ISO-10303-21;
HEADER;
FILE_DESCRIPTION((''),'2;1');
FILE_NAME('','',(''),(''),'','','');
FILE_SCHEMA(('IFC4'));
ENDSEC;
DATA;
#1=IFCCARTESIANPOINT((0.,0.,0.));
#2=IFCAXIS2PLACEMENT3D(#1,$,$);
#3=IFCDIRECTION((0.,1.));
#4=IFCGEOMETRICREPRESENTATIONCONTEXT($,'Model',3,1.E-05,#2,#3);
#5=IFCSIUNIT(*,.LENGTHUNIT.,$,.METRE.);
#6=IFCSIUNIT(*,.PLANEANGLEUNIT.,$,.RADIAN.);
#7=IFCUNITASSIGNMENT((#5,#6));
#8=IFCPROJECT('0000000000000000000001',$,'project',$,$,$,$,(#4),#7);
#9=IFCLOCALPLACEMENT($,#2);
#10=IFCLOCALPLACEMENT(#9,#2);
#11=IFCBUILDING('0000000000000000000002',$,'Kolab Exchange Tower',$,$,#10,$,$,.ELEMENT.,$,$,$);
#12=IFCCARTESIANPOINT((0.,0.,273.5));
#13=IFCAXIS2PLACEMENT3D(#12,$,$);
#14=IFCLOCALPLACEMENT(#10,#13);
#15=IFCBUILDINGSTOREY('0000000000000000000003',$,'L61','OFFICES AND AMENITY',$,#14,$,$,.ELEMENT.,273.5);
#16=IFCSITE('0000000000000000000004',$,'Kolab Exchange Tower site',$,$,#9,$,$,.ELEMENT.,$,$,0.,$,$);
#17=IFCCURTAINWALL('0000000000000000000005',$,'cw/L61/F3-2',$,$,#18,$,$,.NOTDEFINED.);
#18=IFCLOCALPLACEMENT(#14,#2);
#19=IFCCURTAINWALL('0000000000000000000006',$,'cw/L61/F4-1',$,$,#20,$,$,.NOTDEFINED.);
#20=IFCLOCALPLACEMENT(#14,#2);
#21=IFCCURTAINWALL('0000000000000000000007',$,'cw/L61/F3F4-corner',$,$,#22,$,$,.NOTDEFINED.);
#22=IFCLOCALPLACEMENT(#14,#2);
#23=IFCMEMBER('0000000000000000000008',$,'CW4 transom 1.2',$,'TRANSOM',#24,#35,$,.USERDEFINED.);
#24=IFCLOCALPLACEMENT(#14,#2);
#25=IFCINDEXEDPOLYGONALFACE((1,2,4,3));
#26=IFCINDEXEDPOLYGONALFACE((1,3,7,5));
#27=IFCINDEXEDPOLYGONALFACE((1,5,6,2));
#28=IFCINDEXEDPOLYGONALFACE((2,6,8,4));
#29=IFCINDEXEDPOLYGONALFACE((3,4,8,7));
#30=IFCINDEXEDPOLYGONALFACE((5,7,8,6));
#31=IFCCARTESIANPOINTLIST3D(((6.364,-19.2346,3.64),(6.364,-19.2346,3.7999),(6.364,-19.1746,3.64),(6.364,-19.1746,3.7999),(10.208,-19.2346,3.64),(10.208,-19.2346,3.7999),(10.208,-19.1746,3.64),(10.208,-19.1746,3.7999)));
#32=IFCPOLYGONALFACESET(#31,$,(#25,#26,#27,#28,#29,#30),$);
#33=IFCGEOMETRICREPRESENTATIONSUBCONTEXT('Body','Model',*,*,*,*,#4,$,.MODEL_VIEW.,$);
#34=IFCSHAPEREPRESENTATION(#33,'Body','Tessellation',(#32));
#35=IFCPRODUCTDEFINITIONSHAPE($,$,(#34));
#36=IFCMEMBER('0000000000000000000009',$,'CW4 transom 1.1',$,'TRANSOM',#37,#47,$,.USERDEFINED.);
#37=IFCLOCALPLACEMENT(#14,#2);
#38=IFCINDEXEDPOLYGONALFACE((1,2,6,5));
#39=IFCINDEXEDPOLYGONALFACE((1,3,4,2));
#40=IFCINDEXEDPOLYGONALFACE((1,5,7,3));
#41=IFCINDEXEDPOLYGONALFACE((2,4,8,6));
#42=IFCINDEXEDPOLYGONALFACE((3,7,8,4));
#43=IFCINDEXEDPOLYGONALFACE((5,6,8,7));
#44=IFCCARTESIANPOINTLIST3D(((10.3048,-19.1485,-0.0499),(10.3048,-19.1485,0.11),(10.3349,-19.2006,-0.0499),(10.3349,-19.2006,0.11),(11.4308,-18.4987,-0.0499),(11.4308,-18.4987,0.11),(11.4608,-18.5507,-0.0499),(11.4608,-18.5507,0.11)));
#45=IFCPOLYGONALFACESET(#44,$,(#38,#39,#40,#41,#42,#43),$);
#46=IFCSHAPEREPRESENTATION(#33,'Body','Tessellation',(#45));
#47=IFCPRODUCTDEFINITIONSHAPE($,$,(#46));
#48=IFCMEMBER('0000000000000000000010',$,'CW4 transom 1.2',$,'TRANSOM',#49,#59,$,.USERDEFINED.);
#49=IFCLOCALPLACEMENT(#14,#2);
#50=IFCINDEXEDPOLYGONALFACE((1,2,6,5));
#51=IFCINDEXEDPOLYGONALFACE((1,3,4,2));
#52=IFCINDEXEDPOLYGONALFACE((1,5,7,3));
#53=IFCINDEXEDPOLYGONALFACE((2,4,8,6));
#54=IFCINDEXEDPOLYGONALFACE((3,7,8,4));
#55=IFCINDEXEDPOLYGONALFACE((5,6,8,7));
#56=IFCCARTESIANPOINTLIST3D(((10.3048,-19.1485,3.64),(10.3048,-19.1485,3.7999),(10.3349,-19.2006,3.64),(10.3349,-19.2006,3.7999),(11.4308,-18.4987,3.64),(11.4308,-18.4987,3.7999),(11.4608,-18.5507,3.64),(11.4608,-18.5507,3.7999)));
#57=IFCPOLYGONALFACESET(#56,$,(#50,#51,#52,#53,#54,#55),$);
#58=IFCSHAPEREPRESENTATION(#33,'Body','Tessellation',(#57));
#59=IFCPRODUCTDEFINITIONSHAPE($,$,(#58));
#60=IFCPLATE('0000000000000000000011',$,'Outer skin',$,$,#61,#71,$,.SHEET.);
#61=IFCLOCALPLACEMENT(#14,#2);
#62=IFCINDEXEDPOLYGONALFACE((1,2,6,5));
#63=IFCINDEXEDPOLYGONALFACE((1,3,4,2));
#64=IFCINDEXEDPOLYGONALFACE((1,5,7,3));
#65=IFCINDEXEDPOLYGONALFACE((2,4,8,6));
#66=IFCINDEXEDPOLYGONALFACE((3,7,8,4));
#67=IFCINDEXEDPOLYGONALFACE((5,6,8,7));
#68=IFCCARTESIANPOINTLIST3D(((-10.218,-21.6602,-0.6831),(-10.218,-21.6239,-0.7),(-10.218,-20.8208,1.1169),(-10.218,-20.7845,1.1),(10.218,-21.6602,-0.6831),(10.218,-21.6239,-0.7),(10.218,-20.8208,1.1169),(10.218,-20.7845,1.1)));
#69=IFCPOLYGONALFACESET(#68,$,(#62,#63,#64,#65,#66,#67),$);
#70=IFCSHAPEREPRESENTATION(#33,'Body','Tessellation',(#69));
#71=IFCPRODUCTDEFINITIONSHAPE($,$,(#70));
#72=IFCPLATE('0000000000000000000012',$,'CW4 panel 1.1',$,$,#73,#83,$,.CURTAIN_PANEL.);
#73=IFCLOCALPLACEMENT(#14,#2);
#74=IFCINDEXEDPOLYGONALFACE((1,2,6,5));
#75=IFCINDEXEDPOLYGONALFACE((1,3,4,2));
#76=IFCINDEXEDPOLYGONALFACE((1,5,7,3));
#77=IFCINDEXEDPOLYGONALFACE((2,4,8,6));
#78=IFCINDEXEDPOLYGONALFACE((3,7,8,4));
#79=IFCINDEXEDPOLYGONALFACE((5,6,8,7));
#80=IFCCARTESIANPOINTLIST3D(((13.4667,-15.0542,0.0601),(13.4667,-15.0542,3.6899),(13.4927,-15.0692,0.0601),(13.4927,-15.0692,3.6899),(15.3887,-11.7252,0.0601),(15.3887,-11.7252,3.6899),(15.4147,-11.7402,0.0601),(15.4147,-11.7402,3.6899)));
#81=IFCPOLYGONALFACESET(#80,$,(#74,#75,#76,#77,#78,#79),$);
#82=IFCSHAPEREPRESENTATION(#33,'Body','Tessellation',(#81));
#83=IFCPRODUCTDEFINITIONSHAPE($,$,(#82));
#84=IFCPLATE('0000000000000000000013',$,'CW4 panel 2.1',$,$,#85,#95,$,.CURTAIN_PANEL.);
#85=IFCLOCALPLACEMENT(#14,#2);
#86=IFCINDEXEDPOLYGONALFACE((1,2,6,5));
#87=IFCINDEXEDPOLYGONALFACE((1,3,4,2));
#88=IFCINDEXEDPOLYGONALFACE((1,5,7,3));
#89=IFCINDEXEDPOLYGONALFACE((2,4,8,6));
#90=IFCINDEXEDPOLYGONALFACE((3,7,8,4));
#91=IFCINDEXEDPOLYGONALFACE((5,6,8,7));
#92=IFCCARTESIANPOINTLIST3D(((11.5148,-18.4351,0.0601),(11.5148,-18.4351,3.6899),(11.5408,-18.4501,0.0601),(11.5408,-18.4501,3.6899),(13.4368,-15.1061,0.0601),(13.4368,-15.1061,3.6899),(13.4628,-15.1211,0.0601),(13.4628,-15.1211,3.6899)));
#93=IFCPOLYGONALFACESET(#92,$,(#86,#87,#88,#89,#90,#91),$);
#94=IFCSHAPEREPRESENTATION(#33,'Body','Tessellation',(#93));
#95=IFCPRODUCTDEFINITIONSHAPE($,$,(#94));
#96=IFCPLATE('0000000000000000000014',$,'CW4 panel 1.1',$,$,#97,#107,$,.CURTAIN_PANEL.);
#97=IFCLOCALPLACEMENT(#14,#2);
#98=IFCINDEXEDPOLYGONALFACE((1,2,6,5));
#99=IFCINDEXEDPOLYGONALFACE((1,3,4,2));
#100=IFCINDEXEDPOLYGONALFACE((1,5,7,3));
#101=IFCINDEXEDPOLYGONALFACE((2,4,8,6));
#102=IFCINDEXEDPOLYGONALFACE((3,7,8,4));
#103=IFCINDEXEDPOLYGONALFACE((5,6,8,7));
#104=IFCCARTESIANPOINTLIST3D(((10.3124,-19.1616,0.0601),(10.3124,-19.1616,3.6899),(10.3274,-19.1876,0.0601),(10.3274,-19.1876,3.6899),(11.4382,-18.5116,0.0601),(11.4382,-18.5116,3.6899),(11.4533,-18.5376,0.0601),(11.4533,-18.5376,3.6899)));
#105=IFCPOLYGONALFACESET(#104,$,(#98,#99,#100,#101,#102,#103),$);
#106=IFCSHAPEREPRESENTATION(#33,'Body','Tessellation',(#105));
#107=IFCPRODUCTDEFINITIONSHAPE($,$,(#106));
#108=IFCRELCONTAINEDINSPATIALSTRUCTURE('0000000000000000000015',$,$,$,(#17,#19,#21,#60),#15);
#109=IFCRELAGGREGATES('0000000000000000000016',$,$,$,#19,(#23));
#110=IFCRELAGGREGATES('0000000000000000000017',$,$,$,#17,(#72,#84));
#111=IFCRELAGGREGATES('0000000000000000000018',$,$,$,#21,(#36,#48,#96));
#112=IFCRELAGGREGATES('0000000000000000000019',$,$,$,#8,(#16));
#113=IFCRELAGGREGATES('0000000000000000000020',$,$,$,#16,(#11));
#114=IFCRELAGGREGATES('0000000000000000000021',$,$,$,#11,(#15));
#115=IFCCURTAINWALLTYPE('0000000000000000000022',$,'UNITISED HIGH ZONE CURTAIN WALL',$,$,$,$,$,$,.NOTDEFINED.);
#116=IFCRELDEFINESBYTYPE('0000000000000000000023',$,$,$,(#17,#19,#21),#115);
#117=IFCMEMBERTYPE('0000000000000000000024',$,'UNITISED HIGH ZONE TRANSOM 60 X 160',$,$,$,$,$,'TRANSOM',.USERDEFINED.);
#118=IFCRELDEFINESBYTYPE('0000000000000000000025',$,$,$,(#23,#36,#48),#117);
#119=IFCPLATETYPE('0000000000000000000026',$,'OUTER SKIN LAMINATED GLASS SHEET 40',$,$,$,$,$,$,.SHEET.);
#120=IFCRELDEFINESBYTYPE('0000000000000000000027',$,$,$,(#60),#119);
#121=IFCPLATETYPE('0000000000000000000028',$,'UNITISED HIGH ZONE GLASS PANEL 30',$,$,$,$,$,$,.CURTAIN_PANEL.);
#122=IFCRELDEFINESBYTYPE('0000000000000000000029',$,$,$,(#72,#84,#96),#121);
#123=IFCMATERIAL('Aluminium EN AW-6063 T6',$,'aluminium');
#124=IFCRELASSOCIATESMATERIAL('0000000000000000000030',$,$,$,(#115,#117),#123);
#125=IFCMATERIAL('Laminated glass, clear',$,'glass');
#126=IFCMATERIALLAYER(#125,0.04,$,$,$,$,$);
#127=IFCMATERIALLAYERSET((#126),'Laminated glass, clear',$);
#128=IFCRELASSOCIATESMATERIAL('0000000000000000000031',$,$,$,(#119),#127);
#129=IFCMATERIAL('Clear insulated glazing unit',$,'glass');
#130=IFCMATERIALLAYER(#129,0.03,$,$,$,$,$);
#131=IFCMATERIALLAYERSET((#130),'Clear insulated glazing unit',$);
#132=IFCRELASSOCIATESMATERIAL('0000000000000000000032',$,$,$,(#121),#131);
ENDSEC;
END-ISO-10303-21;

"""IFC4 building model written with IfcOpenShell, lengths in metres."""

from ifc_helpers import new_model, si_unit, direction, frame, origin, origin_2d, place, context, subcontext, project, spatial, polyline, rectangle, outline, extrude, material, layer, layer_set, material_profile, profile_set, type_object, element, aggregate, save


model = new_model("IFC4")

# Units and contexts
model_context = context("Model", 3, precision=1e-05, world=origin(), true_north=direction((0.0, 1.0)))
body_context = subcontext(model_context, "Body", "Model", "MODEL_VIEW")
ifc_project = project(units=[si_unit("LENGTHUNIT", "METRE"), si_unit("PLANEANGLEUNIT", "RADIAN")], contexts=[model_context])

# Site, building, storey
site_placement = place(None, origin())
site = spatial("IfcSite", under=ifc_project, at=site_placement, Name="Kolab Exchange Tower site", CompositionType="ELEMENT", RefElevation=0.0)
building_placement = place(site_placement, origin())
building = spatial("IfcBuilding", under=site, at=building_placement, Name="Kolab Exchange Tower", CompositionType="ELEMENT")
storey_placement = place(building_placement, frame((0.0, 0.0, 273.5)))
storey = spatial("IfcBuildingStorey", under=building, at=storey_placement, Name="L61", Description="OFFICES AND AMENITY", CompositionType="ELEMENT", Elevation=273.5)

# Curtain wall
ifc_material_1 = material(Name="Aluminium EN AW-6063 T6", Category="aluminium")
curtain_wall_type = type_object("IfcCurtainWallType", Name="UNITISED HIGH ZONE CURTAIN WALL", PredefinedType="NOTDEFINED", material=ifc_material_1)
curtain_wall_1_placement = place(storey_placement, origin())
curtain_wall_1 = element("IfcCurtainWall", 1, at=curtain_wall_1_placement, inside=storey, type_object=curtain_wall_type, Name="cw/L61/F3-2", PredefinedType="NOTDEFINED")

# Curtain wall
curtain_wall_2_placement = place(storey_placement, origin())
curtain_wall_2 = element("IfcCurtainWall", 2, at=curtain_wall_2_placement, inside=storey, type_object=curtain_wall_type, Name="cw/L61/F4-1", PredefinedType="NOTDEFINED")

# Curtain wall
curtain_wall_3_placement = place(storey_placement, origin())
curtain_wall_3 = element("IfcCurtainWall", 3, at=curtain_wall_3_placement, inside=storey, type_object=curtain_wall_type, Name="cw/L61/F3F4-corner", PredefinedType="NOTDEFINED")

# Members
ifc_material_profile_1 = material_profile(ifc_material_1, rectangle(XDim=0.0601, YDim=0.1599, at=origin_2d()), Name="RECT 60X160")
ifc_profile_set_1 = profile_set([ifc_material_profile_1], Name="Aluminium EN AW-6063 T6")
member_type_1 = type_object("IfcMemberType", Name="UNITISED HIGH ZONE TRANSOM 60 X 160", ElementType="TRANSOM", PredefinedType="USERDEFINED", material=ifc_profile_set_1)
member_1_placement = place(storey_placement, frame((10.208, -19.2046, 3.72), z_axis=(-1.0, 0.0, 0.0), x_axis=(0.0, -1.0, 0.0)))
member_1 = element("IfcMember", 4, at=member_1_placement, type_object=member_type_1, Name="CW4 transom 1.2", ObjectType="TRANSOM", PredefinedType="USERDEFINED", context=body_context, shape_type="SweptSolid", body=[
    extrude(rectangle(XDim=0.0601, YDim=0.1599, at=origin_2d()), origin(), (0.0, 0.0, 1.0), 3.844),
])
aggregate(curtain_wall_2, [member_1])
member_2_placement = place(storey_placement, frame((11.4458, -18.5247, 0.03), z_axis=(-0.866086, -0.499896, 0.0), x_axis=(0.499896, -0.866086, 0.0)))
member_2 = element("IfcMember", 5, at=member_2_placement, type_object=member_type_1, Name="CW4 transom 1.1", ObjectType="TRANSOM", PredefinedType="USERDEFINED", context=body_context, shape_type="SweptSolid", body=[
    extrude(rectangle(XDim=0.0601, YDim=0.1599, at=origin_2d()), origin(), (0.0, 0.0, 1.0), 1.3),
])
member_3_placement = place(storey_placement, frame((11.4458, -18.5247, 3.72), z_axis=(-0.866086, -0.499896, 0.0), x_axis=(0.499896, -0.866086, 0.0)))
member_3 = element("IfcMember", 6, at=member_3_placement, type_object=member_type_1, Name="CW4 transom 1.2", ObjectType="TRANSOM", PredefinedType="USERDEFINED", context=body_context, shape_type="SweptSolid", body=[
    extrude(rectangle(XDim=0.0601, YDim=0.1599, at=origin_2d()), origin(), (0.0, 0.0, 1.0), 1.3),
])

# Plates
ifc_material_2 = material(Name="Laminated glass, clear", Category="glass")
ifc_layer_1 = layer(ifc_material_2, 0.04)
ifc_layer_set_1 = layer_set([ifc_layer_1], Name="Laminated glass, clear")
plate_type_1 = type_object("IfcPlateType", Name="OUTER SKIN LAMINATED GLASS SHEET 40", PredefinedType="SHEET", material=ifc_layer_set_1)
plate_1_placement = place(storey_placement, frame((10.218, -21.6602, -0.6831), z_axis=(0.0, -0.906312, 0.42261), x_axis=(-1.0, 0.0, 0.0)))
element("IfcPlate", 7, at=plate_1_placement, inside=storey, type_object=plate_type_1, Name="Outer skin", PredefinedType="SHEET", context=body_context, shape_type="SweptSolid", body=[
    extrude(outline(polyline([(0.0, 0.0), (20.436, 0.0), (20.436, -1.9861), (0.0, -1.9861), (0.0, 0.0)])), origin(), (0.0, 0.0, -1.0), 0.04),
])
ifc_material_3 = material(Name="Clear insulated glazing unit", Category="glass")
ifc_layer_2 = layer(ifc_material_3, 0.03)
ifc_layer_set_2 = layer_set([ifc_layer_2], Name="Clear insulated glazing unit")
plate_type_2 = type_object("IfcPlateType", Name="UNITISED HIGH ZONE GLASS PANEL 30", PredefinedType="CURTAIN_PANEL", material=ifc_layer_set_2)
plate_2_placement = place(storey_placement, frame((14.4407, -13.3972, 0.0601), z_axis=(0.0, 0.0, 1.0), x_axis=(-0.5, -0.866025, 0.0)))
plate_2 = element("IfcPlate", 8, at=plate_2_placement, type_object=plate_type_2, Name="CW4 panel 1.1", PredefinedType="CURTAIN_PANEL", context=body_context, shape_type="SweptSolid", body=[
    extrude(rectangle(XDim=3.844, YDim=0.03, at=origin_2d()), origin(), (0.0, 0.0, 1.0), 3.6299),
])
plate_3_placement = place(storey_placement, frame((12.4888, -16.7781, 0.0601), z_axis=(0.0, 0.0, 1.0), x_axis=(-0.5, -0.866025, 0.0)))
plate_3 = element("IfcPlate", 9, at=plate_3_placement, type_object=plate_type_2, Name="CW4 panel 2.1", PredefinedType="CURTAIN_PANEL", context=body_context, shape_type="SweptSolid", body=[
    extrude(rectangle(XDim=3.844, YDim=0.03, at=origin_2d()), origin(), (0.0, 0.0, 1.0), 3.6299),
])
aggregate(curtain_wall_1, [plate_2, plate_3])
plate_4_placement = place(storey_placement, frame((10.8828, -18.8496, 0.0601), z_axis=(0.0, 0.0, 1.0), x_axis=(-0.866025, -0.5, 0.0)))
plate_4 = element("IfcPlate", 10, at=plate_4_placement, type_object=plate_type_2, Name="CW4 panel 1.1", PredefinedType="CURTAIN_PANEL", context=body_context, shape_type="SweptSolid", body=[
    extrude(rectangle(XDim=1.3, YDim=0.03, at=origin_2d()), origin(), (0.0, 0.0, 1.0), 3.6299),
])
aggregate(curtain_wall_3, [member_2, member_3, plate_4])

save(model, "model.ifc")
